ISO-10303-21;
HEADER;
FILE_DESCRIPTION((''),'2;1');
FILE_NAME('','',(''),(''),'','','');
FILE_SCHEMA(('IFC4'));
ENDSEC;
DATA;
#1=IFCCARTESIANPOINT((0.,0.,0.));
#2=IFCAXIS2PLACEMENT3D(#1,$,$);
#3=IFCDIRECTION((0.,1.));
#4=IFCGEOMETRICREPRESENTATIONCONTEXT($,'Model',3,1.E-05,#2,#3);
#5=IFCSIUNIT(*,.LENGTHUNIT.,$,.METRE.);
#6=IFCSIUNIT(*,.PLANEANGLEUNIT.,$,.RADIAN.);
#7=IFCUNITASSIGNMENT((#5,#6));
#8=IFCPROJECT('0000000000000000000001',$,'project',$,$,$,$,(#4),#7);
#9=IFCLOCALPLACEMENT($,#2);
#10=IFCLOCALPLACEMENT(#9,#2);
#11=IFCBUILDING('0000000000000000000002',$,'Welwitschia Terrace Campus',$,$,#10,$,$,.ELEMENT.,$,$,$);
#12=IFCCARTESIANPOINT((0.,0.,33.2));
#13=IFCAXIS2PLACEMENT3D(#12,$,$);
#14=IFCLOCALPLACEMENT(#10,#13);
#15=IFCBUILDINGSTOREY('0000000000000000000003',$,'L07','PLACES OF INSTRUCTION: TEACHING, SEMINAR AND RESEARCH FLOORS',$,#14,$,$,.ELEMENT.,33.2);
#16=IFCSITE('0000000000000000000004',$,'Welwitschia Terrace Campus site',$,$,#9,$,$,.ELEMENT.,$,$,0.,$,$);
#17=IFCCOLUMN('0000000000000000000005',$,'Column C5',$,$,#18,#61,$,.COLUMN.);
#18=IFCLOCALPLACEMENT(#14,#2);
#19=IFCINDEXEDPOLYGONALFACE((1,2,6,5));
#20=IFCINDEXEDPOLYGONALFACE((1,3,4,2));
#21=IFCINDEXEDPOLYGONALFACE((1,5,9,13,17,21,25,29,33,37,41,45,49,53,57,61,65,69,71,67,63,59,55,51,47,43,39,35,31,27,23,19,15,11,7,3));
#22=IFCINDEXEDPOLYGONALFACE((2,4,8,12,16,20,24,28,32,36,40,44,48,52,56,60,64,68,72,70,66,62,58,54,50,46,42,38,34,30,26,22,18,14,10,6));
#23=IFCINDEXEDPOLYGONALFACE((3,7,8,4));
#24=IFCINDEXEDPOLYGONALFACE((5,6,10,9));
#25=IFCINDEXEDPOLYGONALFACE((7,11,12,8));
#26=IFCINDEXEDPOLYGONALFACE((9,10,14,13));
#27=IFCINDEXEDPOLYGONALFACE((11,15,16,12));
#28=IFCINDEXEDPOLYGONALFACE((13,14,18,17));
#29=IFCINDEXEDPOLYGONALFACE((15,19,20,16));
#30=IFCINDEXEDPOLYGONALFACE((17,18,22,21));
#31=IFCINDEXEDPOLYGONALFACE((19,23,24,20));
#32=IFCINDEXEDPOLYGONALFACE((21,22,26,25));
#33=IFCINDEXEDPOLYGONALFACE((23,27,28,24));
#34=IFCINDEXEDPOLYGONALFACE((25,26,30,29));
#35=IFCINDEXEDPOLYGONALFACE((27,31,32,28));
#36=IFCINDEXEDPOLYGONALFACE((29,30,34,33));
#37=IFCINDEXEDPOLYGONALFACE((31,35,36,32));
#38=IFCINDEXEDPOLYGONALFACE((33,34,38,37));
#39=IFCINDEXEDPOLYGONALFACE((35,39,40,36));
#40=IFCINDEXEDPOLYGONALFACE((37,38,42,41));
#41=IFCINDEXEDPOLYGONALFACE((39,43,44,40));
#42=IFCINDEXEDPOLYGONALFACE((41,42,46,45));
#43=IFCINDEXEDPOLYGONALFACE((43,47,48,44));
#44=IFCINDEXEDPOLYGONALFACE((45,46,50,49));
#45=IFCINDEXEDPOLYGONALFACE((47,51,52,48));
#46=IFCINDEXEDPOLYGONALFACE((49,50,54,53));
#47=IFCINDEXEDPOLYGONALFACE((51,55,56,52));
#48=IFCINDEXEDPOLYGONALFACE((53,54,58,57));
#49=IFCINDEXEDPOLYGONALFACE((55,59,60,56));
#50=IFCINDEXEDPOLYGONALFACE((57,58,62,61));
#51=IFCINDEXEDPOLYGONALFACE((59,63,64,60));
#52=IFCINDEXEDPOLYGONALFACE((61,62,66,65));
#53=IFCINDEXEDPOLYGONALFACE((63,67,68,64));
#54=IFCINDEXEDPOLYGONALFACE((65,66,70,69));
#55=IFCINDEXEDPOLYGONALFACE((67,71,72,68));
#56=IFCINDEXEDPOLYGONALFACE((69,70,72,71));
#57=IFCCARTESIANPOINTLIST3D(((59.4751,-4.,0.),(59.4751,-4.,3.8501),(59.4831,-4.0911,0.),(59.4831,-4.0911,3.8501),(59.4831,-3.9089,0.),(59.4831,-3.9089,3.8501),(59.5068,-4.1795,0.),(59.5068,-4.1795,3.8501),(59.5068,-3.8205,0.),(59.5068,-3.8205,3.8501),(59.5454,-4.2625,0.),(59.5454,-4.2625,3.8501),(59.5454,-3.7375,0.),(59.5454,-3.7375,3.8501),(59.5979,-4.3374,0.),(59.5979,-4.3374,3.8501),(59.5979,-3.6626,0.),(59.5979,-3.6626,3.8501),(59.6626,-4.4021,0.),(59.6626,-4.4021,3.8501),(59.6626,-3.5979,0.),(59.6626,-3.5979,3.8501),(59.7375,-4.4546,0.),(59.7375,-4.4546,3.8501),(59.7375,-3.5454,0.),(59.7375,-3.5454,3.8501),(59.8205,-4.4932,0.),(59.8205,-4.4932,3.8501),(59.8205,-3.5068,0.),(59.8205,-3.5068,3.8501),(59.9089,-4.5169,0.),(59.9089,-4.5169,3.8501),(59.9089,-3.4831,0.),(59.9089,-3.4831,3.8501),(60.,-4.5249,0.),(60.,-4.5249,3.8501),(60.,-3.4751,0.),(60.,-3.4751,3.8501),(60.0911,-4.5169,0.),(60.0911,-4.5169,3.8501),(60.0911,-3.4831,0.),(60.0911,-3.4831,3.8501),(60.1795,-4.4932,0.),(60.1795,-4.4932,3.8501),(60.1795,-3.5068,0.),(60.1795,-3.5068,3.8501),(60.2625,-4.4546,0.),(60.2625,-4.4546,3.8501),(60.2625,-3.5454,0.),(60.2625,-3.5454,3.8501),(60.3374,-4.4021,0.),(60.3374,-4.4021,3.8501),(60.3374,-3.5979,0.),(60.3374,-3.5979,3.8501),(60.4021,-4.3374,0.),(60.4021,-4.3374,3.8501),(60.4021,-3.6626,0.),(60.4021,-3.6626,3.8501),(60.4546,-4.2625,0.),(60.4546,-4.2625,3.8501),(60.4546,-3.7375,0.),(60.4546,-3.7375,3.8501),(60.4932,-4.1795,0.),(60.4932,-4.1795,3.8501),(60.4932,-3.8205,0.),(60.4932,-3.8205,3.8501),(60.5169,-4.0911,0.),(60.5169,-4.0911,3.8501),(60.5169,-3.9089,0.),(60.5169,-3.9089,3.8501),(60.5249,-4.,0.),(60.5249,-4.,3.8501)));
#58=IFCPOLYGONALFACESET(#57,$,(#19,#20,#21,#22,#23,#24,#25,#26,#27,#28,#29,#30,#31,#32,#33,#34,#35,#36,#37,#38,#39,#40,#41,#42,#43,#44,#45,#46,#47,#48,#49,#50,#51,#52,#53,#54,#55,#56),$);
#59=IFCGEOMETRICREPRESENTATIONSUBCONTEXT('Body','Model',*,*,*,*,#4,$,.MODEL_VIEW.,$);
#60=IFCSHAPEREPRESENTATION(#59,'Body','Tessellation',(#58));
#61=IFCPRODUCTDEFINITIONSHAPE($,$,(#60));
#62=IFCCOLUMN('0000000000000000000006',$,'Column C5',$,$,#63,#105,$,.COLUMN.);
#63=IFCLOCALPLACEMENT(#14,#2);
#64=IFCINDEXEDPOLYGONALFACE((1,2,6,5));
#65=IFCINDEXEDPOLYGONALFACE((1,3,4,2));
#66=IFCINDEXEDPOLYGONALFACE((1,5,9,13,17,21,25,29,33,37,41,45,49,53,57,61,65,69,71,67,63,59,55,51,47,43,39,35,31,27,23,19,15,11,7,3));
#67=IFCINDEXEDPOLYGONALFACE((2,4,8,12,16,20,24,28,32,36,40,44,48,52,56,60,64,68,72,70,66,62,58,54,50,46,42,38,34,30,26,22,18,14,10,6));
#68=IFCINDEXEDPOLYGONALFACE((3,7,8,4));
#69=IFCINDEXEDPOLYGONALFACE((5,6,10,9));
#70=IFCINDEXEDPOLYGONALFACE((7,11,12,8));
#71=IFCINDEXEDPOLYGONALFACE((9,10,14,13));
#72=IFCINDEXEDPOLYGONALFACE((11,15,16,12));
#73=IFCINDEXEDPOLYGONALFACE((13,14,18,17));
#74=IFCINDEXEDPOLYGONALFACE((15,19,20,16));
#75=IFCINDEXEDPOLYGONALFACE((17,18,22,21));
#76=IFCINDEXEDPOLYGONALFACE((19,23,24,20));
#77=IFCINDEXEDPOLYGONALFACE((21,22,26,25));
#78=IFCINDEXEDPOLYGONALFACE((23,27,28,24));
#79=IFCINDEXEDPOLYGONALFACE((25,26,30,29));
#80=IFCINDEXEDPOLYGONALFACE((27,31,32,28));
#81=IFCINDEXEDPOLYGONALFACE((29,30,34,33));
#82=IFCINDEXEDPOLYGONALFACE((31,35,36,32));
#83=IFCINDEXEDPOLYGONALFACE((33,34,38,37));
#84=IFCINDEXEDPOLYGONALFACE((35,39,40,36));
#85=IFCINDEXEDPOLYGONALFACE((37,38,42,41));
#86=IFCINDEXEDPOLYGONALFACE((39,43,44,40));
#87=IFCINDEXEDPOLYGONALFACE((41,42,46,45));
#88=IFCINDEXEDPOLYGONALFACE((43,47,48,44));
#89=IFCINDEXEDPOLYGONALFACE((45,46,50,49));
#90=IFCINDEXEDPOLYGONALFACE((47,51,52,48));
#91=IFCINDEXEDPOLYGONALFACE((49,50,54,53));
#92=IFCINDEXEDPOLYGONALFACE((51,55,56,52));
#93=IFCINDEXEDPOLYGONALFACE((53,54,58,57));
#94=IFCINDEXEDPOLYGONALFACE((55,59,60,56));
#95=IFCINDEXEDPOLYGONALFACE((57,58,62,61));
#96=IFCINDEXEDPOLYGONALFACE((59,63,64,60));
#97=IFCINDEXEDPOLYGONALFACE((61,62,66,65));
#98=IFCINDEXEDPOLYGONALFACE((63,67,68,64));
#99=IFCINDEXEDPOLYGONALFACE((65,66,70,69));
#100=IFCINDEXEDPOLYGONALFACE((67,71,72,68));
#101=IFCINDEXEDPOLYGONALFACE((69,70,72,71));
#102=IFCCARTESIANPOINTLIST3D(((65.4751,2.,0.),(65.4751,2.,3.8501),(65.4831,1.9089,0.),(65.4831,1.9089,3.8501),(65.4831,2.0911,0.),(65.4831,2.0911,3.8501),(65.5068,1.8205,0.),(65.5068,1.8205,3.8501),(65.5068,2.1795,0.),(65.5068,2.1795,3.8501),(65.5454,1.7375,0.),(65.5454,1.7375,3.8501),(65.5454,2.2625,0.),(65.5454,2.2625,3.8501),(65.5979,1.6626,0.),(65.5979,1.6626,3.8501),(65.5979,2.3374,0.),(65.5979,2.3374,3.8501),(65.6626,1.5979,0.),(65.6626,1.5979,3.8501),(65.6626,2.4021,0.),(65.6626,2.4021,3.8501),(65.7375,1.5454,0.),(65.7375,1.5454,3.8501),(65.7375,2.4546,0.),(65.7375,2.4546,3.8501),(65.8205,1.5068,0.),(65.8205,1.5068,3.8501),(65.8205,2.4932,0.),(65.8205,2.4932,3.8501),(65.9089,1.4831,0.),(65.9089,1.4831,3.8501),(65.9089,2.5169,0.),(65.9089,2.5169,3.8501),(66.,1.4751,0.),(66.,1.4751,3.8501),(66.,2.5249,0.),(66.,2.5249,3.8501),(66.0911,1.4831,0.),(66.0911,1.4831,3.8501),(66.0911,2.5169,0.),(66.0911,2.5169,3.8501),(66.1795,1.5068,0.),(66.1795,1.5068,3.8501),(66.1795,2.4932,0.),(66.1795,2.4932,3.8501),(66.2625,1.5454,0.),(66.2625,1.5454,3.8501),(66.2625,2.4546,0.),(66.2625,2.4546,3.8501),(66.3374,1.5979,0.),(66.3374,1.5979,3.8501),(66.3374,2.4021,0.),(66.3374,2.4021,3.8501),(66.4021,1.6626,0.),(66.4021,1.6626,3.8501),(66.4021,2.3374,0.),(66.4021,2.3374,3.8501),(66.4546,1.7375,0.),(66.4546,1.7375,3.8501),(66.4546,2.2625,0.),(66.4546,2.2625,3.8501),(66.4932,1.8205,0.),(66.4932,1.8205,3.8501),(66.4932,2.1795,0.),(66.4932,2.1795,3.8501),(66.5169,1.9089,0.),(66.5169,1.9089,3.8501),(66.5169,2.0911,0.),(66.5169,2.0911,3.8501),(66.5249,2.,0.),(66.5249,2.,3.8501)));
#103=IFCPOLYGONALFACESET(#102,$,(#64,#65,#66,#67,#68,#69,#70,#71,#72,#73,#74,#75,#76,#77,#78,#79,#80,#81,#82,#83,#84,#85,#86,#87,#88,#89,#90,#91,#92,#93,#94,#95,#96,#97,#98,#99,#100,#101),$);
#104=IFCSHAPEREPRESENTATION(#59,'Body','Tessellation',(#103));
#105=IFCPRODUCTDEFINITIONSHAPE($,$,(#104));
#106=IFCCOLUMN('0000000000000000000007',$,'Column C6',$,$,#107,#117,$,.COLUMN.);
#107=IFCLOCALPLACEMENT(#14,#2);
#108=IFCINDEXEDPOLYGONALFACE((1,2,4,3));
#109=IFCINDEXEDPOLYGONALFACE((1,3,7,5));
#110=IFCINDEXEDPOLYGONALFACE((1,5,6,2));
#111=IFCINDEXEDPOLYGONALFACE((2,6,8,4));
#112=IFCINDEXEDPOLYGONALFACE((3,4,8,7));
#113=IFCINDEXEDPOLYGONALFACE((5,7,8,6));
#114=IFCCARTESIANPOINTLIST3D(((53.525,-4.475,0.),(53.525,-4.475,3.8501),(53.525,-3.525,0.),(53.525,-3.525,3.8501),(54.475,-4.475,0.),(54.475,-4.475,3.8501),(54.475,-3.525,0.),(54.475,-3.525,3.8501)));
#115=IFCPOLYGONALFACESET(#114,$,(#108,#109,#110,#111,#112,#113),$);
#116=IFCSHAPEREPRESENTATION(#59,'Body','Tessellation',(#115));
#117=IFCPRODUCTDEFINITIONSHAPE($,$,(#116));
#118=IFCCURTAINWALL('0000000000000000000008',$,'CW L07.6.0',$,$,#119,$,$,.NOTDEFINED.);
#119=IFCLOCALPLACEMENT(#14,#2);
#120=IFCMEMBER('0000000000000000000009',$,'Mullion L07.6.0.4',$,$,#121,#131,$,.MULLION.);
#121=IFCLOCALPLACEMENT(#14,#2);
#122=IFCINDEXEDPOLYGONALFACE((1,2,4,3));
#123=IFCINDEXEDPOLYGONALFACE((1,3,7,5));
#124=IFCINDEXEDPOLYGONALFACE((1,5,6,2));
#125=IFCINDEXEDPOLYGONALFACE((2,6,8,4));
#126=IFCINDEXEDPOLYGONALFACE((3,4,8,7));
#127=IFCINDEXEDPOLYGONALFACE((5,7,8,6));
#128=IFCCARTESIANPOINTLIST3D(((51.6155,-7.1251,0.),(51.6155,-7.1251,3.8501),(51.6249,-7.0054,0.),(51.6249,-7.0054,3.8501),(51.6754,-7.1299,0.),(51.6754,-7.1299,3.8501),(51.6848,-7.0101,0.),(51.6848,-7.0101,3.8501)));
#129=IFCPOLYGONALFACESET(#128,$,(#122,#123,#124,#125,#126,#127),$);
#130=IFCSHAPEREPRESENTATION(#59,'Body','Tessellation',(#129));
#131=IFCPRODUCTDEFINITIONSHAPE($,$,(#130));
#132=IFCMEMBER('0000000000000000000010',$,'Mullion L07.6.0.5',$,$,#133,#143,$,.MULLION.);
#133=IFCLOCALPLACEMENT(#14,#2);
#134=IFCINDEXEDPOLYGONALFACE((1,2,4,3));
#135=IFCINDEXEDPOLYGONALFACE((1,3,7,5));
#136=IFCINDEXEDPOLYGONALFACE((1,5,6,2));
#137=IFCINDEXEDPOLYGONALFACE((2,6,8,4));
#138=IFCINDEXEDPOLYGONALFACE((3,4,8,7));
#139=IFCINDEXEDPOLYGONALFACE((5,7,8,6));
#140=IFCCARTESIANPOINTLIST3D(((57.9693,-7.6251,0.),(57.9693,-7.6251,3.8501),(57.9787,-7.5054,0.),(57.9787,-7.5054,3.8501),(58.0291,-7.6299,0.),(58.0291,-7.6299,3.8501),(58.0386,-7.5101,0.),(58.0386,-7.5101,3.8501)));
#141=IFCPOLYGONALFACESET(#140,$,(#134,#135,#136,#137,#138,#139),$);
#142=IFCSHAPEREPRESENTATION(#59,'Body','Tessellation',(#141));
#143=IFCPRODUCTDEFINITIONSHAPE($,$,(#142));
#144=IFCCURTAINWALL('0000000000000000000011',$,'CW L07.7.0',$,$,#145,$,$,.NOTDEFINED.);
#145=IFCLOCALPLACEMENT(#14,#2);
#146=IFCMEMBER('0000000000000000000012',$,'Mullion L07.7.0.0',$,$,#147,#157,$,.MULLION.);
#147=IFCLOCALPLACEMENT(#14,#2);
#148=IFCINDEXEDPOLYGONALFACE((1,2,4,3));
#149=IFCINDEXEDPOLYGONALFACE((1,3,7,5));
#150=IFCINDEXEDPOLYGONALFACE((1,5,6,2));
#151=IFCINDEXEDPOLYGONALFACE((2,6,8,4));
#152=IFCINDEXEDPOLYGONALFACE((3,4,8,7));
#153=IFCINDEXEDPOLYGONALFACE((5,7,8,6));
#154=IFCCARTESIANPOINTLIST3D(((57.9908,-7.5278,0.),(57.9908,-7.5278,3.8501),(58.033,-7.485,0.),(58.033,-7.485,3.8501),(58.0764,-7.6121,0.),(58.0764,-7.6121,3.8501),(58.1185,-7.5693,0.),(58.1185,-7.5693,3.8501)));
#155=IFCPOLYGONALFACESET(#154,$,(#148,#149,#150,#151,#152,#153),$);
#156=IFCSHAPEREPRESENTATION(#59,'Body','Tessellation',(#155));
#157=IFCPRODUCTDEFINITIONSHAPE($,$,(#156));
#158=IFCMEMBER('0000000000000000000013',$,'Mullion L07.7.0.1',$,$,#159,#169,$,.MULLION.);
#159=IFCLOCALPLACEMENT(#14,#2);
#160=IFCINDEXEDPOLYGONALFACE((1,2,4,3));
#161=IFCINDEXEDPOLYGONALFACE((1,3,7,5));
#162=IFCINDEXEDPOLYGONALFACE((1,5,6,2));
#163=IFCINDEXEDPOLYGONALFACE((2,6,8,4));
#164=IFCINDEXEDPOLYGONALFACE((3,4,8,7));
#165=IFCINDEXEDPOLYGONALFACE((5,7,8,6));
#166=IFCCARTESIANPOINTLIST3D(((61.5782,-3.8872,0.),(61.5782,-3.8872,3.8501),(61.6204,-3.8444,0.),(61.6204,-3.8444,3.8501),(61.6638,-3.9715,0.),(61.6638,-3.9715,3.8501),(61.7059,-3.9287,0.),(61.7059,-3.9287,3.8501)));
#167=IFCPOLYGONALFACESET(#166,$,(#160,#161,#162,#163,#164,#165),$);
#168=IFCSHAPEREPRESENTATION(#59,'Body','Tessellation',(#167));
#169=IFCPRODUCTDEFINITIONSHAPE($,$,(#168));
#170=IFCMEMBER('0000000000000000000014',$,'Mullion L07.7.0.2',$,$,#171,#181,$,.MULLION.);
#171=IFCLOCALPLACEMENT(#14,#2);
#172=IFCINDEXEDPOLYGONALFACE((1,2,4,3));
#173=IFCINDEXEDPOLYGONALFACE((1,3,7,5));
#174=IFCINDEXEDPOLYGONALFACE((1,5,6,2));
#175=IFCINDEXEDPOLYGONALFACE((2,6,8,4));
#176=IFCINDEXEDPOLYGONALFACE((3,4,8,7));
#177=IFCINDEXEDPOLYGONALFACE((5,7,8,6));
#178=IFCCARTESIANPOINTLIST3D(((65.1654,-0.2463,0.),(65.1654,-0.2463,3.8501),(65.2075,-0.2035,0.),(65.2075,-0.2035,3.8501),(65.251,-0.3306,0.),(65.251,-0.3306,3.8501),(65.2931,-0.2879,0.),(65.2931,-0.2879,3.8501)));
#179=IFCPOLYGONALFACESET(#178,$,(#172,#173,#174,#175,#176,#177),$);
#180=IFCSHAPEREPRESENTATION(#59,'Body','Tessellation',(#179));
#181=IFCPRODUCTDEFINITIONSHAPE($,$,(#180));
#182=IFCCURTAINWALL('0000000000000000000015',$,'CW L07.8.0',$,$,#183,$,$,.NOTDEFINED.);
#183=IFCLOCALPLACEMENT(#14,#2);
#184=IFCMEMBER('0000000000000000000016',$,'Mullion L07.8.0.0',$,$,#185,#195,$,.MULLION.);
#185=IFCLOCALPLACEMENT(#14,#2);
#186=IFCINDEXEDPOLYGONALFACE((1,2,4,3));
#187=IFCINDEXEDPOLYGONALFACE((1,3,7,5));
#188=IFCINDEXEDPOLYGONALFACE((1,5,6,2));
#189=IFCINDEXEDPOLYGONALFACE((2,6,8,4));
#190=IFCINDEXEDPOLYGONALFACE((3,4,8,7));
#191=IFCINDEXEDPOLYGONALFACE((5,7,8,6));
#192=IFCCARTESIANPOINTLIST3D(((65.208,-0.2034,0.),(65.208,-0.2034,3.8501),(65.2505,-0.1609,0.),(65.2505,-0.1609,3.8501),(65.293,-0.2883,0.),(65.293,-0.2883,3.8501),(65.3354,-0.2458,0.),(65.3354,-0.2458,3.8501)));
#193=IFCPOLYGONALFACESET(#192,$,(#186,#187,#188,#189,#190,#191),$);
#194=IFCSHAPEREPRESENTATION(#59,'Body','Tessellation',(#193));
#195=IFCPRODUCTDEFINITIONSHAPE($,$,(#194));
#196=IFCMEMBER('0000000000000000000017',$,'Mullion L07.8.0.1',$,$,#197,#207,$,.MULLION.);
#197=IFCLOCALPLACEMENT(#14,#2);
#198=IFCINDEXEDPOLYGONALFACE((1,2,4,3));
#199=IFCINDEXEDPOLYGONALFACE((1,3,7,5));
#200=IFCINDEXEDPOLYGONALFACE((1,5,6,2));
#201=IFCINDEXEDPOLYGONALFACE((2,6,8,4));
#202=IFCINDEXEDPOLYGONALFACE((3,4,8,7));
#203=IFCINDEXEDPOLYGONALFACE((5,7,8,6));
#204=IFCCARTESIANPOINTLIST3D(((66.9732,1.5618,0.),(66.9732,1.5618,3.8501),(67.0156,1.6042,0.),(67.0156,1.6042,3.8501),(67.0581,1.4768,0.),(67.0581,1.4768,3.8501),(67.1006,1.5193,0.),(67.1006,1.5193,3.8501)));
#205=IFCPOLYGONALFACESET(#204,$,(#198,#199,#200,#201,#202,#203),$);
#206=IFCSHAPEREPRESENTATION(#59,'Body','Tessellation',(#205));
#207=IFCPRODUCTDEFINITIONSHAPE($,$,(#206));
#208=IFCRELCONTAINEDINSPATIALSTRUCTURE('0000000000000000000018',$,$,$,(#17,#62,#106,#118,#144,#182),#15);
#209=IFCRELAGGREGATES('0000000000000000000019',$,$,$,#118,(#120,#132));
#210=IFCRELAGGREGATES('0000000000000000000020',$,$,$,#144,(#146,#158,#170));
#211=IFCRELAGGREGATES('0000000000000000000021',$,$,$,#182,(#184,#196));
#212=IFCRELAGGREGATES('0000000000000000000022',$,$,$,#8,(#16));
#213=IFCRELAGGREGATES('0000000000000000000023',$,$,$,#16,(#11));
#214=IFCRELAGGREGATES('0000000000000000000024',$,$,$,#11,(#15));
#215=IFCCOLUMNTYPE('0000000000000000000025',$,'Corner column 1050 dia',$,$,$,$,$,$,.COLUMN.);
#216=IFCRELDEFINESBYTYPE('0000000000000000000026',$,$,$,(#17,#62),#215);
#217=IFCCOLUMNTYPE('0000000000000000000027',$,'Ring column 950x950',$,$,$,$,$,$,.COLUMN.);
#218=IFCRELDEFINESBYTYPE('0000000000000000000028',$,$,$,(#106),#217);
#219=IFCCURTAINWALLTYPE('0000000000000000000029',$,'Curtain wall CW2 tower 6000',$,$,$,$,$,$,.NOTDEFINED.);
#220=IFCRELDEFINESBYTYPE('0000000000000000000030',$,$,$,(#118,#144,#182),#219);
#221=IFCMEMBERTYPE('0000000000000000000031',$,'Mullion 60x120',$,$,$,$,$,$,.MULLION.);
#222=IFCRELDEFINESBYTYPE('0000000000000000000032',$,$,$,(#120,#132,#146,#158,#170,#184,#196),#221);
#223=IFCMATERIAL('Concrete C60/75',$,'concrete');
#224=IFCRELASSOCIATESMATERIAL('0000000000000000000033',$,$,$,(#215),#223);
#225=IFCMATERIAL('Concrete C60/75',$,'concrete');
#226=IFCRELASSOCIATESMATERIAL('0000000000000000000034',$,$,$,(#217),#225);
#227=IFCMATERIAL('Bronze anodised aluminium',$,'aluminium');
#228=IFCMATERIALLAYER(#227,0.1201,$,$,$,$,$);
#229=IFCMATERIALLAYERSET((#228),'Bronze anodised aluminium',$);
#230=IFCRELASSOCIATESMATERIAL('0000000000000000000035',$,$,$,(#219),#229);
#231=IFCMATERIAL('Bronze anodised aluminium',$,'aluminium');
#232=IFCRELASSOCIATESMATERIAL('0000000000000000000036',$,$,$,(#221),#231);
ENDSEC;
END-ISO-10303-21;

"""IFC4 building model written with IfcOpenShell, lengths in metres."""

from ifc_helpers import new_model, si_unit, direction, frame, origin, origin_2d, place, context, subcontext, project, spatial, rectangle, circle, extrude, material, layer, layer_set, material_profile, profile_set, type_object, element, aggregate, save


model = new_model("IFC4")

# Units and contexts
model_context = context("Model", 3, precision=1e-05, world=origin(), true_north=direction((0.0, 1.0)))
body_context = subcontext(model_context, "Body", "Model", "MODEL_VIEW")
ifc_project = project(units=[si_unit("LENGTHUNIT", "METRE"), si_unit("PLANEANGLEUNIT", "RADIAN")], contexts=[model_context])

# Site, building, storey
site_placement = place(None, origin())
site = spatial("IfcSite", under=ifc_project, at=site_placement, Name="Welwitschia Terrace Campus site", CompositionType="ELEMENT", RefElevation=0.0)
building_placement = place(site_placement, origin())
building = spatial("IfcBuilding", under=site, at=building_placement, Name="Welwitschia Terrace Campus", CompositionType="ELEMENT")
storey_placement = place(building_placement, frame((0.0, 0.0, 33.2)))
storey = spatial("IfcBuildingStorey", under=building, at=storey_placement, Name="L07", Description="PLACES OF INSTRUCTION: TEACHING, SEMINAR AND RESEARCH FLOORS", CompositionType="ELEMENT", Elevation=33.2)

# Columns
ifc_material_1 = material(Name="Concrete C60/75", Category="concrete")
ifc_material_profile_1 = material_profile(ifc_material_1, circle(Radius=0.5249, at=origin_2d()))
ifc_profile_set_1 = profile_set([ifc_material_profile_1], Name="Concrete C60/75")
column_type_1 = type_object("IfcColumnType", Name="Corner column 1050 dia", PredefinedType="COLUMN", material=ifc_profile_set_1)
for number, where, z_axis, x_axis, name in (
    (1, (60.0, -4.0, 0.0), (0.0, 0.0, 1.0), (1.0, 0.0, 0.0), "Column C5"),
    (2, (66.0, 2.0, 0.0), (0.0, 0.0, 1.0), (1.0, 0.0, 0.0), "Column C5"),
):
    element("IfcColumn", number, at=place(storey_placement, frame(where, z_axis=z_axis, x_axis=x_axis)), inside=storey, type_object=column_type_1, Name=name, PredefinedType="COLUMN", context=body_context, shape_type="SweptSolid", body=[
        extrude(circle(Radius=0.5249, at=origin_2d()), origin(), (0.0, 0.0, 1.0), 3.8501),
    ])
ifc_material_2 = material(Name="Concrete C60/75", Category="concrete")
ifc_material_profile_2 = material_profile(ifc_material_2, rectangle(XDim=0.95, YDim=0.95, at=origin_2d()))
ifc_profile_set_2 = profile_set([ifc_material_profile_2], Name="Concrete C60/75")
column_type_2 = type_object("IfcColumnType", Name="Ring column 950x950", PredefinedType="COLUMN", material=ifc_profile_set_2)
column_placement = place(storey_placement, frame((54.0, -4.0, 0.0), z_axis=(0.0, 0.0, 1.0), x_axis=(1.0, 0.0, 0.0)))
element("IfcColumn", 3, at=column_placement, inside=storey, type_object=column_type_2, Name="Column C6", PredefinedType="COLUMN", context=body_context, shape_type="SweptSolid", body=[
    extrude(rectangle(XDim=0.95, YDim=0.95, at=origin_2d()), origin(), (0.0, 0.0, 1.0), 3.8501),
])

# Curtain walls, members
ifc_material_3 = material(Name="Bronze anodised aluminium", Category="aluminium")
ifc_layer_1 = layer(ifc_material_3, 0.1201)
ifc_layer_set_1 = layer_set([ifc_layer_1], Name="Bronze anodised aluminium")
curtain_wall_type = type_object("IfcCurtainWallType", Name="Curtain wall CW2 tower 6000", PredefinedType="NOTDEFINED", material=ifc_layer_set_1)
curtain_wall_1_placement = place(storey_placement, origin())
curtain_wall_1 = element("IfcCurtainWall", 4, at=curtain_wall_1_placement, inside=storey, type_object=curtain_wall_type, Name="CW L07.6.0", PredefinedType="NOTDEFINED")
ifc_material_4 = material(Name="Bronze anodised aluminium", Category="aluminium")
ifc_material_profile_3 = material_profile(ifc_material_4, rectangle(XDim=0.1201, YDim=0.0601, at=origin_2d()))
ifc_profile_set_3 = profile_set([ifc_material_profile_3], Name="Bronze anodised aluminium")
member_type_1 = type_object("IfcMemberType", Name="Mullion 60x120", PredefinedType="MULLION", material=ifc_profile_set_3)
member_1_placement = place(storey_placement, frame((51.6501, -7.0676, 0.0), z_axis=(0.0, 0.0, 1.0), x_axis=(0.078459, 0.996917, 0.0)))
member_1 = element("IfcMember", 5, at=member_1_placement, type_object=member_type_1, Name="Mullion L07.6.0.4", PredefinedType="MULLION", context=body_context, shape_type="SweptSolid", body=[
    extrude(rectangle(XDim=0.1201, YDim=0.0601, at=origin_2d()), origin(), (0.0, 0.0, 1.0), 3.8501),
])
member_2_placement = place(storey_placement, frame((58.0039, -7.5676, 0.0), z_axis=(0.0, 0.0, 1.0), x_axis=(0.078459, 0.996917, 0.0)))
member_2 = element("IfcMember", 6, at=member_2_placement, type_object=member_type_1, Name="Mullion L07.6.0.5", PredefinedType="MULLION", context=body_context, shape_type="SweptSolid", body=[
    extrude(rectangle(XDim=0.1201, YDim=0.0601, at=origin_2d()), origin(), (0.0, 0.0, 1.0), 3.8501),
])
curtain_wall_2_placement = place(storey_placement, origin())
curtain_wall_2 = element("IfcCurtainWall", 7, at=curtain_wall_2_placement, inside=storey, type_object=curtain_wall_type, Name="CW L07.7.0", PredefinedType="NOTDEFINED")
member_3_placement = place(storey_placement, frame((58.0547, -7.5486, 0.0), z_axis=(0.0, 0.0, 1.0), x_axis=(-0.712316, 0.701859, 0.0)))
member_3 = element("IfcMember", 8, at=member_3_placement, type_object=member_type_1, Name="Mullion L07.7.0.0", PredefinedType="MULLION", context=body_context, shape_type="SweptSolid", body=[
    extrude(rectangle(XDim=0.1201, YDim=0.0601, at=origin_2d()), origin(), (0.0, 0.0, 1.0), 3.8501),
])
member_4_placement = place(storey_placement, frame((61.6421, -3.908, 0.0), z_axis=(0.0, 0.0, 1.0), x_axis=(-0.712316, 0.701859, 0.0)))
member_4 = element("IfcMember", 9, at=member_4_placement, type_object=member_type_1, Name="Mullion L07.7.0.1", PredefinedType="MULLION", context=body_context, shape_type="SweptSolid", body=[
    extrude(rectangle(XDim=0.1201, YDim=0.0601, at=origin_2d()), origin(), (0.0, 0.0, 1.0), 3.8501),
])
member_5_placement = place(storey_placement, frame((65.2292, -0.2671, 0.0), z_axis=(0.0, 0.0, 1.0), x_axis=(-0.712316, 0.701859, 0.0)))
member_5 = element("IfcMember", 10, at=member_5_placement, type_object=member_type_1, Name="Mullion L07.7.0.2", PredefinedType="MULLION", context=body_context, shape_type="SweptSolid", body=[
    extrude(rectangle(XDim=0.1201, YDim=0.0601, at=origin_2d()), origin(), (0.0, 0.0, 1.0), 3.8501),
])
curtain_wall_3_placement = place(storey_placement, origin())
curtain_wall_3 = element("IfcCurtainWall", 11, at=curtain_wall_3_placement, inside=storey, type_object=curtain_wall_type, Name="CW L07.8.0", PredefinedType="NOTDEFINED")
member_6_placement = place(storey_placement, frame((65.2717, -0.2246, 0.0), z_axis=(0.0, 0.0, 1.0), x_axis=(-0.707107, 0.707107, 0.0)))
member_6 = element("IfcMember", 12, at=member_6_placement, type_object=member_type_1, Name="Mullion L07.8.0.0", PredefinedType="MULLION", context=body_context, shape_type="SweptSolid", body=[
    extrude(rectangle(XDim=0.1201, YDim=0.0601, at=origin_2d()), origin(), (0.0, 0.0, 1.0), 3.8501),
])
member_7_placement = place(storey_placement, frame((67.0369, 1.5405, 0.0), z_axis=(0.0, 0.0, 1.0), x_axis=(-0.707107, 0.707107, 0.0)))
member_7 = element("IfcMember", 13, at=member_7_placement, type_object=member_type_1, Name="Mullion L07.8.0.1", PredefinedType="MULLION", context=body_context, shape_type="SweptSolid", body=[
    extrude(rectangle(XDim=0.1201, YDim=0.0601, at=origin_2d()), origin(), (0.0, 0.0, 1.0), 3.8501),
])

aggregate(curtain_wall_1, [member_1, member_2])
aggregate(curtain_wall_2, [member_3, member_4, member_5])
aggregate(curtain_wall_3, [member_6, member_7])

save(model, "model.ifc")
